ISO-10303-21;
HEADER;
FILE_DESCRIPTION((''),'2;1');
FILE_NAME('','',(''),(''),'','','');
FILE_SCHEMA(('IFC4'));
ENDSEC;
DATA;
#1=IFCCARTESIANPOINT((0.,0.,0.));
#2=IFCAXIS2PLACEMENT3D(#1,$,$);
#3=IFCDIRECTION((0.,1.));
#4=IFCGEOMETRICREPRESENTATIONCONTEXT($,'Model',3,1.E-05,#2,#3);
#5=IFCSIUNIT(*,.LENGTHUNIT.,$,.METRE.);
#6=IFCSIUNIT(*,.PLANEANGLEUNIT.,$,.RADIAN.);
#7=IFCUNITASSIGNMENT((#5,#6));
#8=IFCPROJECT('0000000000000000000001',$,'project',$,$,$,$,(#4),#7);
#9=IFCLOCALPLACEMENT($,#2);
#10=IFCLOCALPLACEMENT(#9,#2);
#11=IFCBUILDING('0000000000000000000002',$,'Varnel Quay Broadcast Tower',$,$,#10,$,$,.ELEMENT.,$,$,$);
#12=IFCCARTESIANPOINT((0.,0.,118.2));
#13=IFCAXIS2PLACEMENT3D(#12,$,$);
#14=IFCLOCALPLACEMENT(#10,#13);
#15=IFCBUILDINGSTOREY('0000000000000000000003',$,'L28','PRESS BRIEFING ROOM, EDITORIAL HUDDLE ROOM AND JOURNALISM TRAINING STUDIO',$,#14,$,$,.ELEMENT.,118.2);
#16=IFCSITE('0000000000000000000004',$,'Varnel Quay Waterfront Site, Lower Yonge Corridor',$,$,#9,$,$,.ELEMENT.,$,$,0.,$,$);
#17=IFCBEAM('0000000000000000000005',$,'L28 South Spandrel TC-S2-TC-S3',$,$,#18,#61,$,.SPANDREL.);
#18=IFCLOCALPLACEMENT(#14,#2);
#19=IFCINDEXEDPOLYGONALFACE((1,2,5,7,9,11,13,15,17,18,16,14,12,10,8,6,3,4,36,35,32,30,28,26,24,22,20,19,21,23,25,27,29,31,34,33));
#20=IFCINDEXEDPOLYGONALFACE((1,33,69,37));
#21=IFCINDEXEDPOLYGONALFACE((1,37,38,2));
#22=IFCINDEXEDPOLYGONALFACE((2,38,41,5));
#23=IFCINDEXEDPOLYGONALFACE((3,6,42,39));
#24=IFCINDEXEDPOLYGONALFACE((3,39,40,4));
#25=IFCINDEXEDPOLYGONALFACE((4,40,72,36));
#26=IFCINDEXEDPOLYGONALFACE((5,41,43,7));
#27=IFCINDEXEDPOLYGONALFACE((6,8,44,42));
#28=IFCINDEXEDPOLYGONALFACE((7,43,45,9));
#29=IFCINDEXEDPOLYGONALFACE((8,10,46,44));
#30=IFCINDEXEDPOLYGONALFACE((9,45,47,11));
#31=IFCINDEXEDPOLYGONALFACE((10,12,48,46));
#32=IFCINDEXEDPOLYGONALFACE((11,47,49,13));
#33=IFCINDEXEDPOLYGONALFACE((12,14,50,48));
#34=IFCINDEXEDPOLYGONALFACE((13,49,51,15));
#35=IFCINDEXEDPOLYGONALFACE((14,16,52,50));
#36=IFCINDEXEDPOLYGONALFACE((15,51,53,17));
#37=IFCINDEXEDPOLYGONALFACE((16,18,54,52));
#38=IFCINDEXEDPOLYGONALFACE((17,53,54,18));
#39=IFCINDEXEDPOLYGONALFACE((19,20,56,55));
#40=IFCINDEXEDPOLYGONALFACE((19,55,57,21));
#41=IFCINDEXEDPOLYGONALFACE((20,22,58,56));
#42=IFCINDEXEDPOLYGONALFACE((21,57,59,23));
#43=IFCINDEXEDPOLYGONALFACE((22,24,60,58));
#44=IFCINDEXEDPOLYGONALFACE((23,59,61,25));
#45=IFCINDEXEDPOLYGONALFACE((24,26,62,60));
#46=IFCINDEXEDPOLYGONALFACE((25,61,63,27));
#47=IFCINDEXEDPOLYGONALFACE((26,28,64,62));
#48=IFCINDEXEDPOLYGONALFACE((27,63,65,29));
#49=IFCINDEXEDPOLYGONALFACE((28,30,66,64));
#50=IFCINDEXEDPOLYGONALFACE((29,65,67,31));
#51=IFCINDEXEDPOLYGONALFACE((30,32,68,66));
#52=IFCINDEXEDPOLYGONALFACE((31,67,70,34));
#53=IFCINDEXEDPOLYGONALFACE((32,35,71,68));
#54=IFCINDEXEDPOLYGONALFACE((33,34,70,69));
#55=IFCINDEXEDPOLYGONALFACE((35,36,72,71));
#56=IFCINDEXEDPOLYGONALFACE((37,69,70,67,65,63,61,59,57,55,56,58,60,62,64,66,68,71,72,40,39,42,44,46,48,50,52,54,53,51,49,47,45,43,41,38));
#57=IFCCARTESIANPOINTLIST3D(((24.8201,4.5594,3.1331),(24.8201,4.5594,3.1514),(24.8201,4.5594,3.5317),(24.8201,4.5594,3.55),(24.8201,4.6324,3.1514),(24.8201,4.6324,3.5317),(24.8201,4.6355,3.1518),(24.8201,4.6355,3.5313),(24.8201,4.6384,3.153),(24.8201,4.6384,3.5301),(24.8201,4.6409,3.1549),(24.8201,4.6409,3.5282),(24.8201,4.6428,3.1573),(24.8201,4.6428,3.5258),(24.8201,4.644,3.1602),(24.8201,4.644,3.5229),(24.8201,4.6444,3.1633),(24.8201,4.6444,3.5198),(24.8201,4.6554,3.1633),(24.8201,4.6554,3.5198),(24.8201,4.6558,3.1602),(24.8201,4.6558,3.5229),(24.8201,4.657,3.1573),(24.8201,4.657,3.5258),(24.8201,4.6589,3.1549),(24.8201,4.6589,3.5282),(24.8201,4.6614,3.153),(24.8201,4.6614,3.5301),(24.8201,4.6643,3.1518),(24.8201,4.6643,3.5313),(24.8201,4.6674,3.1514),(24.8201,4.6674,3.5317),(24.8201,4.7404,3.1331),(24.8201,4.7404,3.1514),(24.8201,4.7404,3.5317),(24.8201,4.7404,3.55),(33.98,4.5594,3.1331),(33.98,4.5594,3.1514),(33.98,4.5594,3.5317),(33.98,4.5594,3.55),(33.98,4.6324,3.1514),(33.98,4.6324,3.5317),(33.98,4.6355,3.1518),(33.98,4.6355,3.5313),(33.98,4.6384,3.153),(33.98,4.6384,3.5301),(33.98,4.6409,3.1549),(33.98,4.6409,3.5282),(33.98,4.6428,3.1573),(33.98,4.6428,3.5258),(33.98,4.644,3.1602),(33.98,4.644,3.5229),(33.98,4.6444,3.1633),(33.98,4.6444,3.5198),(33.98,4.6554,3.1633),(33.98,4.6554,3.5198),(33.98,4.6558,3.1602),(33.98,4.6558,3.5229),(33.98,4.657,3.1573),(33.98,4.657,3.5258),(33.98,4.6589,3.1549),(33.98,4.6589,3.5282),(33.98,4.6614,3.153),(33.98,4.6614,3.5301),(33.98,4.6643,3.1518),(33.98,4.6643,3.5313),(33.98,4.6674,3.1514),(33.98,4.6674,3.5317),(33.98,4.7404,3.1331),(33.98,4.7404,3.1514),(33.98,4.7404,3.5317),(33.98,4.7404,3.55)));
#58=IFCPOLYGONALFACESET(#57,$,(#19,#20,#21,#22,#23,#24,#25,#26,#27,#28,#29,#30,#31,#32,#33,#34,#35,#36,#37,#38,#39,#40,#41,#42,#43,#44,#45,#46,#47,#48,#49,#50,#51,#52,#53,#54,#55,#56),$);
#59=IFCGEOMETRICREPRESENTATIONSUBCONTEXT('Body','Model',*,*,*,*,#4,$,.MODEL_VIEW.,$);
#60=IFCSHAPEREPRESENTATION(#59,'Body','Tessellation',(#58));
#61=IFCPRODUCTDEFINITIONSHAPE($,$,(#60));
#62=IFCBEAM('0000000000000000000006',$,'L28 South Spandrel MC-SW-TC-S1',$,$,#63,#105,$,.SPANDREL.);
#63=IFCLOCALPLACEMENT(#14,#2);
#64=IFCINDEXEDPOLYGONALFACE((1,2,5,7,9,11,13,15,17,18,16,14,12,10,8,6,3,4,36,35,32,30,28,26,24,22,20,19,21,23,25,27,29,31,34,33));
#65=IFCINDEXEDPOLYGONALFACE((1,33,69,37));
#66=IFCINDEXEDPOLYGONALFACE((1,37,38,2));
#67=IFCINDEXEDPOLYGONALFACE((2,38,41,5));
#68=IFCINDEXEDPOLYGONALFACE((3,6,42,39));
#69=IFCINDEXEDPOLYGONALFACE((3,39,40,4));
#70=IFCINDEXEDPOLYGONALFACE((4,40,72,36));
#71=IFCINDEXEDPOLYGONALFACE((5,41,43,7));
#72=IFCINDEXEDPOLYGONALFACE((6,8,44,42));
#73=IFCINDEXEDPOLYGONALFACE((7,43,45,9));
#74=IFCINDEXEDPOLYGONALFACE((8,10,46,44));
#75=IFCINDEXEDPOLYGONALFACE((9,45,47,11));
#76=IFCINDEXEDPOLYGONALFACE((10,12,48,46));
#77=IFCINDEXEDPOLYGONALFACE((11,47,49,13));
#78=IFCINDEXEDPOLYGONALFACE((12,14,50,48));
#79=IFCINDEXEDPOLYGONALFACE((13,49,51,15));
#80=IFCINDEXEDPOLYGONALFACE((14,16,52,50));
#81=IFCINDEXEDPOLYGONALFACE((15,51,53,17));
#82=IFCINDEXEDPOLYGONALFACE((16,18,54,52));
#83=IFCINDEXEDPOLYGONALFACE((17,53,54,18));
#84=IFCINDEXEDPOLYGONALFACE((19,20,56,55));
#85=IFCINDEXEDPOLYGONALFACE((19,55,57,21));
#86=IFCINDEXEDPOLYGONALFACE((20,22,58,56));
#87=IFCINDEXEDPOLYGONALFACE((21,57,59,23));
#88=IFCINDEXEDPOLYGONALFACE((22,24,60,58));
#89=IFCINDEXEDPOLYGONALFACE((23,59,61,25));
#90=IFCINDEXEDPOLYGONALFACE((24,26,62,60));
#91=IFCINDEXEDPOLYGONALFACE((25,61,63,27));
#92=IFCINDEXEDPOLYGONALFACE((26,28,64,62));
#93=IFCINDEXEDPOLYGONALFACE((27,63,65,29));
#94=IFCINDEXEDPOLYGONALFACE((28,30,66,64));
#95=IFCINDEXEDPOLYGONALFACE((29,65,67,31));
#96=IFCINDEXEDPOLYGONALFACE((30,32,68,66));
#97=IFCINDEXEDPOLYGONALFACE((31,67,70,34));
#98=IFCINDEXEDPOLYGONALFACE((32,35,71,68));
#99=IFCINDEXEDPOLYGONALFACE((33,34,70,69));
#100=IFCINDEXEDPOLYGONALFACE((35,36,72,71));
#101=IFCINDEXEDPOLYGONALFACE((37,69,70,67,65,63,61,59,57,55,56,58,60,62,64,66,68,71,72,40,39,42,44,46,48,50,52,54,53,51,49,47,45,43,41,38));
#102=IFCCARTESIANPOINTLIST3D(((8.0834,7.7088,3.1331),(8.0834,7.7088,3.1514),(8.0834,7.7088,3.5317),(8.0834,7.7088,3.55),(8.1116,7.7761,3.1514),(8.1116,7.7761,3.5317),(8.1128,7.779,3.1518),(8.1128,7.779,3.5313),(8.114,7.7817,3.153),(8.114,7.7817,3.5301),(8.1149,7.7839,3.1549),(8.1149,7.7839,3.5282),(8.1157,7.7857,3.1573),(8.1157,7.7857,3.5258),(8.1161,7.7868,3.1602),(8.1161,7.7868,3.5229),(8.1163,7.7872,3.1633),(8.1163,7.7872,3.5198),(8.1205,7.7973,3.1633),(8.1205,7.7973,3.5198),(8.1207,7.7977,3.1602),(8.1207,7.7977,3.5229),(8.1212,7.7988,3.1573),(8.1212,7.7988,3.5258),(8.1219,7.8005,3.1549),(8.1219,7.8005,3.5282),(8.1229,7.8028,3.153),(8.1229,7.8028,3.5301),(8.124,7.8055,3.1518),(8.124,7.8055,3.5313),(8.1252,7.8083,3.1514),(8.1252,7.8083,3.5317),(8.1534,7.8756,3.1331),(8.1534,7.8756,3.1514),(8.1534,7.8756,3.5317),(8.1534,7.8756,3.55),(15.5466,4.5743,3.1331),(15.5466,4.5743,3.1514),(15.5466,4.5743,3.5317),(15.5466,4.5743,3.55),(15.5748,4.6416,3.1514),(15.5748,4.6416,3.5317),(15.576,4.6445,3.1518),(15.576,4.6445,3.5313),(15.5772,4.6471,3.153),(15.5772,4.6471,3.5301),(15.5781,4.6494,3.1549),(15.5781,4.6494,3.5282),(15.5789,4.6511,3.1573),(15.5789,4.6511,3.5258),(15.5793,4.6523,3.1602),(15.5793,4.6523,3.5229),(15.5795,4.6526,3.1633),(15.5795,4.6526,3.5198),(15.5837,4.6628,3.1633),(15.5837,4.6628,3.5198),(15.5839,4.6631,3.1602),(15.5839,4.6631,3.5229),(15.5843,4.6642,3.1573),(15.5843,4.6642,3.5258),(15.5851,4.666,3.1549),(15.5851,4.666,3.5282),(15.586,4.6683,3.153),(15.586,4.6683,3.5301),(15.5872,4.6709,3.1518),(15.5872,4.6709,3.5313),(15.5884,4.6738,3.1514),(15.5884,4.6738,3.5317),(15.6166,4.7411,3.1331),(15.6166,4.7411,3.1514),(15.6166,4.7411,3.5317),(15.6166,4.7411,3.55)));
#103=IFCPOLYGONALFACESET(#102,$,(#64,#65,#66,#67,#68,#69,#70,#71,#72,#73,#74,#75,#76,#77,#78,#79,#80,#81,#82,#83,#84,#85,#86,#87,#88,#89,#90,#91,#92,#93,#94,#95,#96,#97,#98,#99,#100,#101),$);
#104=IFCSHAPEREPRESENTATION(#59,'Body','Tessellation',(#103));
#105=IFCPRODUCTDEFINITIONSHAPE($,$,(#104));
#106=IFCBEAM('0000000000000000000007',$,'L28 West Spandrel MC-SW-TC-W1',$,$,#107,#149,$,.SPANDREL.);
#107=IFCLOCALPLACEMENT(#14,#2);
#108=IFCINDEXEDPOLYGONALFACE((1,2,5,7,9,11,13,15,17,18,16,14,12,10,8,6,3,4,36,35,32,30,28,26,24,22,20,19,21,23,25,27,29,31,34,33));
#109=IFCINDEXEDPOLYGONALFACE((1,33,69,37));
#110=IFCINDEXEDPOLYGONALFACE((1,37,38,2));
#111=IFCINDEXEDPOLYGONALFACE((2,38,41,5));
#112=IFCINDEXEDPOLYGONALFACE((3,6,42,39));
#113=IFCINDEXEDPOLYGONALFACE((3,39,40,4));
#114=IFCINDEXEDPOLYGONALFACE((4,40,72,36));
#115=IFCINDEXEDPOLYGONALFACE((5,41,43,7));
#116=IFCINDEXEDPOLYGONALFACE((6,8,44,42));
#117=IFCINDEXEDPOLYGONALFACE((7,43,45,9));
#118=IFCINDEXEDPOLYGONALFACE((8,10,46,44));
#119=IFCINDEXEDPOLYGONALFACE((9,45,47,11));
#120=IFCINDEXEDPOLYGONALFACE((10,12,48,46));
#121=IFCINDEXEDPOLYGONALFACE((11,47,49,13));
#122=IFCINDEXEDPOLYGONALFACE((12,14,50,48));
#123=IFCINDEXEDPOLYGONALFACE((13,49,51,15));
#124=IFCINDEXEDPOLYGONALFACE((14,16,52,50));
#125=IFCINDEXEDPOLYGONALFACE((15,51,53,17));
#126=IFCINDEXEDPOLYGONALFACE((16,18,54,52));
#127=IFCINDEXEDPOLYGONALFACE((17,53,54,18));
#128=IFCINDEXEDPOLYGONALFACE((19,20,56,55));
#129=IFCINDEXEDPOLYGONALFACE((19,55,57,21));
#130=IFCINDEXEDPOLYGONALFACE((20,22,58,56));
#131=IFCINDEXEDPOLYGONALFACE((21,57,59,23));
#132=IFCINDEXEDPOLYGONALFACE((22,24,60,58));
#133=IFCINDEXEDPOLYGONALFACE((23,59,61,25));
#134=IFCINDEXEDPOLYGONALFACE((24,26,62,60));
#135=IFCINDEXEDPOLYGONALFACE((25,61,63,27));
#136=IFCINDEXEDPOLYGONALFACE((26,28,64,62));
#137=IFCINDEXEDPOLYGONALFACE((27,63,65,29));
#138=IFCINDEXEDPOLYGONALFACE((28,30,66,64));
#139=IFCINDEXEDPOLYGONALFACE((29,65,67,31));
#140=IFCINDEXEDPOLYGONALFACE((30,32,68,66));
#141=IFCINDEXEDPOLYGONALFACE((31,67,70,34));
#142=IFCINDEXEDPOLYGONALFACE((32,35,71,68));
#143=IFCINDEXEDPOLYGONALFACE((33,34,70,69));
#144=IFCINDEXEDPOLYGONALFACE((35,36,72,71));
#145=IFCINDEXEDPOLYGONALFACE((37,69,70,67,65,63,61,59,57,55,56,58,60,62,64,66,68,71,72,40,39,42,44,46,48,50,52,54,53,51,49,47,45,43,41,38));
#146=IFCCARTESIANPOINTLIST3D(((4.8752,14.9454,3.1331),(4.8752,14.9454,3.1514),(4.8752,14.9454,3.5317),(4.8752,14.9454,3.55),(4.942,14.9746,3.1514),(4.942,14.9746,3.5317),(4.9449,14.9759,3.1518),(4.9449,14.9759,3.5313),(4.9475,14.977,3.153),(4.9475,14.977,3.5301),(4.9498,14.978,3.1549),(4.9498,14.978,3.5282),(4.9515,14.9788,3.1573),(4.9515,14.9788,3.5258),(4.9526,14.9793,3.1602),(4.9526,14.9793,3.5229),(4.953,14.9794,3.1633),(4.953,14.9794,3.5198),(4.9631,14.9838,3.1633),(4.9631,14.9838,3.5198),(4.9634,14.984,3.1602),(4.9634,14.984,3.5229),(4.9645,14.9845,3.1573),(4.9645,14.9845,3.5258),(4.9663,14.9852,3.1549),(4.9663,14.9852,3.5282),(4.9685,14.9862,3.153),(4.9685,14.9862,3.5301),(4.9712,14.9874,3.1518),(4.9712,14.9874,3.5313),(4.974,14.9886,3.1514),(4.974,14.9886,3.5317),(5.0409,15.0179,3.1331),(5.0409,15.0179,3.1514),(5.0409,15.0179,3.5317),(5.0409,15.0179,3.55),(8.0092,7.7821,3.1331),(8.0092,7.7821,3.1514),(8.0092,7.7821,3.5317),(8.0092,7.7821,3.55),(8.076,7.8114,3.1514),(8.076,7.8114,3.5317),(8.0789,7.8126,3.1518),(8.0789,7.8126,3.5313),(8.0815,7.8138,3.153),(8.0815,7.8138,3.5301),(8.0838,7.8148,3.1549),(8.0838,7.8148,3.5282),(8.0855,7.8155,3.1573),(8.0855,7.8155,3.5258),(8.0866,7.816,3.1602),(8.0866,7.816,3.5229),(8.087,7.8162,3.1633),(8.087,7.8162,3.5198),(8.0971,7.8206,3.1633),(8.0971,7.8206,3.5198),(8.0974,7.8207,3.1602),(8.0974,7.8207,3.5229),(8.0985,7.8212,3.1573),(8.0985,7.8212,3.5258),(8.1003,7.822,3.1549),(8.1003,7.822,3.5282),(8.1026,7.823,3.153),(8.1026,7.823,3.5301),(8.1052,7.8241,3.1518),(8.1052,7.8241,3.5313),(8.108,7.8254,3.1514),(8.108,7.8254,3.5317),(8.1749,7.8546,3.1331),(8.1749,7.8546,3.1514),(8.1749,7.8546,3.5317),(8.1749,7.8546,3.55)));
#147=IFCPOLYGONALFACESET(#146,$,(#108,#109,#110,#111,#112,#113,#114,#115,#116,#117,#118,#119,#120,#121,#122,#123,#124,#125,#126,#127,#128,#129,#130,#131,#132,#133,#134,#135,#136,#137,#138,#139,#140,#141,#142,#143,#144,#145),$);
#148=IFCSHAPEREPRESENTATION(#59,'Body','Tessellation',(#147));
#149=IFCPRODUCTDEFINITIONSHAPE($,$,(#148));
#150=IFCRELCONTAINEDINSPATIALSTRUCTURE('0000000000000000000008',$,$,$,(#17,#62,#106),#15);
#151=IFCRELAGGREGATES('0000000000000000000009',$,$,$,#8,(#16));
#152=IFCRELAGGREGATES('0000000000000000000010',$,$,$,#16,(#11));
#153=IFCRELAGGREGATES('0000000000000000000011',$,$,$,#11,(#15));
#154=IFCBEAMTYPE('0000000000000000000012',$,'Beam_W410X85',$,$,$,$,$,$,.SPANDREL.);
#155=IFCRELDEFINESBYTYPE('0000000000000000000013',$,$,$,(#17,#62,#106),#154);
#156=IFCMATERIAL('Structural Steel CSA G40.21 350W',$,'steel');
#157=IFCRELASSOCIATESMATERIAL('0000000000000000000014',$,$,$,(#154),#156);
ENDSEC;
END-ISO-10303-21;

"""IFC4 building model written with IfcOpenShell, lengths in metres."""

from ifc_helpers import new_model, si_unit, direction, frame, origin, origin_2d, place, context, subcontext, project, spatial, i_section, extrude, source, transform, mapped, material, material_profile, profile_set, type_object, type_shapes, element, save


model = new_model("IFC4")

# Units and contexts
model_context = context("Model", 3, precision=1e-05, world=origin(), true_north=direction((0.0, 1.0)))
body_context = subcontext(model_context, "Body", "Model", "MODEL_VIEW")
ifc_project = project(units=[si_unit("LENGTHUNIT", "METRE"), si_unit("PLANEANGLEUNIT", "RADIAN")], contexts=[model_context])

# Site, building, storey
site_placement = place(None, origin())
site = spatial("IfcSite", under=ifc_project, at=site_placement, Name="Varnel Quay Waterfront Site, Lower Yonge Corridor", CompositionType="ELEMENT", RefElevation=0.0)
building_placement = place(site_placement, origin())
building = spatial("IfcBuilding", under=site, at=building_placement, Name="Varnel Quay Broadcast Tower", CompositionType="ELEMENT")
storey_placement = place(building_placement, frame((0.0, 0.0, 118.2)))
storey = spatial("IfcBuildingStorey", under=building, at=storey_placement, Name="L28", Description="PRESS BRIEFING ROOM, EDITORIAL HUDDLE ROOM AND JOURNALISM TRAINING STUDIO", CompositionType="ELEMENT", Elevation=118.2)

# Shared definitions
ifc_material_1 = material(Name="Structural Steel CSA G40.21 350W", Category="steel")

# Beams
ifc_material_profile_1 = material_profile(ifc_material_1, i_section(OverallWidth=0.1809, OverallDepth=0.417, WebThickness=0.011, FlangeThickness=0.0183, FilletRadius=0.012, at=origin_2d()), Name="W410X85")
ifc_profile_set_1 = profile_set([ifc_material_profile_1], Name="Structural Steel CSA G40.21 350W")
beam_type_1 = type_object("IfcBeamType", Name="Beam_W410X85", PredefinedType="SPANDREL", material=ifc_profile_set_1)
shared_shape_1 = source(origin(), body_context, "Body", "SweptSolid", [
    extrude(i_section(OverallWidth=0.1809, OverallDepth=0.417, WebThickness=0.011, FlangeThickness=0.0183, FilletRadius=0.012, at=origin_2d()), origin(), (0.0, 0.0, 1.0), 9.1599),
])
for number, where, z_axis, x_axis, name in (
    (1, (24.8201, 4.6499, 3.3416), (1.0, 0.0, 0.0), (0.0, 1.0, 0.0), "L28 South Spandrel TC-S2-TC-S3"),
):
    element("IfcBeam", number, at=place(storey_placement, frame(where, z_axis=z_axis, x_axis=x_axis)), inside=storey, type_object=beam_type_1, Name=name, PredefinedType="SPANDREL", context=body_context, shape_type="MappedRepresentation", body=[
        mapped(shared_shape_1, transform((0.0, 0.0, 0.0), x_axis=(1.0, 0.0, 0.0), y_axis=(0.0, 1.0, 0.0), z_axis=(0.0, 0.0, 1.0), scale=1.0)),
    ])
shared_shape_2 = source(origin(), body_context, "Body", "SweptSolid", [
    extrude(i_section(OverallWidth=0.1809, OverallDepth=0.417, WebThickness=0.011, FlangeThickness=0.0183, FilletRadius=0.012, at=origin_2d()), origin(), (0.0, 0.0, 1.0), 8.0947),
])
beam_1_placement = place(storey_placement, frame((8.1184, 7.7922, 3.3416), z_axis=(0.921982, -0.387233, 0.0), x_axis=(0.387233, 0.921982, 0.0)))
element("IfcBeam", 2, at=beam_1_placement, inside=storey, type_object=beam_type_1, Name="L28 South Spandrel MC-SW-TC-S1", PredefinedType="SPANDREL", context=body_context, shape_type="MappedRepresentation", body=[
    mapped(shared_shape_2, transform((0.0, 0.0, 0.0), x_axis=(1.0, 0.0, 0.0), y_axis=(0.0, 1.0, 0.0), z_axis=(0.0, 0.0, 1.0), scale=1.0)),
])
shared_shape_3 = source(origin(), body_context, "Body", "SweptSolid", [
    extrude(i_section(OverallWidth=0.1809, OverallDepth=0.417, WebThickness=0.011, FlangeThickness=0.0183, FilletRadius=0.012, at=origin_2d()), origin(), (0.0, 0.0, 1.0), 7.8188),
])
type_shapes(beam_type_1, [shared_shape_1, shared_shape_2, shared_shape_3])
beam_2_placement = place(storey_placement, frame((8.092, 7.8184, 3.3416), z_axis=(-0.400827, 0.916154, 0.0), x_axis=(-0.916154, -0.400827, 0.0)))
element("IfcBeam", 3, at=beam_2_placement, inside=storey, type_object=beam_type_1, Name="L28 West Spandrel MC-SW-TC-W1", PredefinedType="SPANDREL", context=body_context, shape_type="MappedRepresentation", body=[
    mapped(shared_shape_3, transform((0.0, 0.0, 0.0), x_axis=(1.0, 0.0, 0.0), y_axis=(0.0, 1.0, 0.0), z_axis=(0.0, 0.0, 1.0), scale=1.0)),
])

save(model, "model.ifc")
